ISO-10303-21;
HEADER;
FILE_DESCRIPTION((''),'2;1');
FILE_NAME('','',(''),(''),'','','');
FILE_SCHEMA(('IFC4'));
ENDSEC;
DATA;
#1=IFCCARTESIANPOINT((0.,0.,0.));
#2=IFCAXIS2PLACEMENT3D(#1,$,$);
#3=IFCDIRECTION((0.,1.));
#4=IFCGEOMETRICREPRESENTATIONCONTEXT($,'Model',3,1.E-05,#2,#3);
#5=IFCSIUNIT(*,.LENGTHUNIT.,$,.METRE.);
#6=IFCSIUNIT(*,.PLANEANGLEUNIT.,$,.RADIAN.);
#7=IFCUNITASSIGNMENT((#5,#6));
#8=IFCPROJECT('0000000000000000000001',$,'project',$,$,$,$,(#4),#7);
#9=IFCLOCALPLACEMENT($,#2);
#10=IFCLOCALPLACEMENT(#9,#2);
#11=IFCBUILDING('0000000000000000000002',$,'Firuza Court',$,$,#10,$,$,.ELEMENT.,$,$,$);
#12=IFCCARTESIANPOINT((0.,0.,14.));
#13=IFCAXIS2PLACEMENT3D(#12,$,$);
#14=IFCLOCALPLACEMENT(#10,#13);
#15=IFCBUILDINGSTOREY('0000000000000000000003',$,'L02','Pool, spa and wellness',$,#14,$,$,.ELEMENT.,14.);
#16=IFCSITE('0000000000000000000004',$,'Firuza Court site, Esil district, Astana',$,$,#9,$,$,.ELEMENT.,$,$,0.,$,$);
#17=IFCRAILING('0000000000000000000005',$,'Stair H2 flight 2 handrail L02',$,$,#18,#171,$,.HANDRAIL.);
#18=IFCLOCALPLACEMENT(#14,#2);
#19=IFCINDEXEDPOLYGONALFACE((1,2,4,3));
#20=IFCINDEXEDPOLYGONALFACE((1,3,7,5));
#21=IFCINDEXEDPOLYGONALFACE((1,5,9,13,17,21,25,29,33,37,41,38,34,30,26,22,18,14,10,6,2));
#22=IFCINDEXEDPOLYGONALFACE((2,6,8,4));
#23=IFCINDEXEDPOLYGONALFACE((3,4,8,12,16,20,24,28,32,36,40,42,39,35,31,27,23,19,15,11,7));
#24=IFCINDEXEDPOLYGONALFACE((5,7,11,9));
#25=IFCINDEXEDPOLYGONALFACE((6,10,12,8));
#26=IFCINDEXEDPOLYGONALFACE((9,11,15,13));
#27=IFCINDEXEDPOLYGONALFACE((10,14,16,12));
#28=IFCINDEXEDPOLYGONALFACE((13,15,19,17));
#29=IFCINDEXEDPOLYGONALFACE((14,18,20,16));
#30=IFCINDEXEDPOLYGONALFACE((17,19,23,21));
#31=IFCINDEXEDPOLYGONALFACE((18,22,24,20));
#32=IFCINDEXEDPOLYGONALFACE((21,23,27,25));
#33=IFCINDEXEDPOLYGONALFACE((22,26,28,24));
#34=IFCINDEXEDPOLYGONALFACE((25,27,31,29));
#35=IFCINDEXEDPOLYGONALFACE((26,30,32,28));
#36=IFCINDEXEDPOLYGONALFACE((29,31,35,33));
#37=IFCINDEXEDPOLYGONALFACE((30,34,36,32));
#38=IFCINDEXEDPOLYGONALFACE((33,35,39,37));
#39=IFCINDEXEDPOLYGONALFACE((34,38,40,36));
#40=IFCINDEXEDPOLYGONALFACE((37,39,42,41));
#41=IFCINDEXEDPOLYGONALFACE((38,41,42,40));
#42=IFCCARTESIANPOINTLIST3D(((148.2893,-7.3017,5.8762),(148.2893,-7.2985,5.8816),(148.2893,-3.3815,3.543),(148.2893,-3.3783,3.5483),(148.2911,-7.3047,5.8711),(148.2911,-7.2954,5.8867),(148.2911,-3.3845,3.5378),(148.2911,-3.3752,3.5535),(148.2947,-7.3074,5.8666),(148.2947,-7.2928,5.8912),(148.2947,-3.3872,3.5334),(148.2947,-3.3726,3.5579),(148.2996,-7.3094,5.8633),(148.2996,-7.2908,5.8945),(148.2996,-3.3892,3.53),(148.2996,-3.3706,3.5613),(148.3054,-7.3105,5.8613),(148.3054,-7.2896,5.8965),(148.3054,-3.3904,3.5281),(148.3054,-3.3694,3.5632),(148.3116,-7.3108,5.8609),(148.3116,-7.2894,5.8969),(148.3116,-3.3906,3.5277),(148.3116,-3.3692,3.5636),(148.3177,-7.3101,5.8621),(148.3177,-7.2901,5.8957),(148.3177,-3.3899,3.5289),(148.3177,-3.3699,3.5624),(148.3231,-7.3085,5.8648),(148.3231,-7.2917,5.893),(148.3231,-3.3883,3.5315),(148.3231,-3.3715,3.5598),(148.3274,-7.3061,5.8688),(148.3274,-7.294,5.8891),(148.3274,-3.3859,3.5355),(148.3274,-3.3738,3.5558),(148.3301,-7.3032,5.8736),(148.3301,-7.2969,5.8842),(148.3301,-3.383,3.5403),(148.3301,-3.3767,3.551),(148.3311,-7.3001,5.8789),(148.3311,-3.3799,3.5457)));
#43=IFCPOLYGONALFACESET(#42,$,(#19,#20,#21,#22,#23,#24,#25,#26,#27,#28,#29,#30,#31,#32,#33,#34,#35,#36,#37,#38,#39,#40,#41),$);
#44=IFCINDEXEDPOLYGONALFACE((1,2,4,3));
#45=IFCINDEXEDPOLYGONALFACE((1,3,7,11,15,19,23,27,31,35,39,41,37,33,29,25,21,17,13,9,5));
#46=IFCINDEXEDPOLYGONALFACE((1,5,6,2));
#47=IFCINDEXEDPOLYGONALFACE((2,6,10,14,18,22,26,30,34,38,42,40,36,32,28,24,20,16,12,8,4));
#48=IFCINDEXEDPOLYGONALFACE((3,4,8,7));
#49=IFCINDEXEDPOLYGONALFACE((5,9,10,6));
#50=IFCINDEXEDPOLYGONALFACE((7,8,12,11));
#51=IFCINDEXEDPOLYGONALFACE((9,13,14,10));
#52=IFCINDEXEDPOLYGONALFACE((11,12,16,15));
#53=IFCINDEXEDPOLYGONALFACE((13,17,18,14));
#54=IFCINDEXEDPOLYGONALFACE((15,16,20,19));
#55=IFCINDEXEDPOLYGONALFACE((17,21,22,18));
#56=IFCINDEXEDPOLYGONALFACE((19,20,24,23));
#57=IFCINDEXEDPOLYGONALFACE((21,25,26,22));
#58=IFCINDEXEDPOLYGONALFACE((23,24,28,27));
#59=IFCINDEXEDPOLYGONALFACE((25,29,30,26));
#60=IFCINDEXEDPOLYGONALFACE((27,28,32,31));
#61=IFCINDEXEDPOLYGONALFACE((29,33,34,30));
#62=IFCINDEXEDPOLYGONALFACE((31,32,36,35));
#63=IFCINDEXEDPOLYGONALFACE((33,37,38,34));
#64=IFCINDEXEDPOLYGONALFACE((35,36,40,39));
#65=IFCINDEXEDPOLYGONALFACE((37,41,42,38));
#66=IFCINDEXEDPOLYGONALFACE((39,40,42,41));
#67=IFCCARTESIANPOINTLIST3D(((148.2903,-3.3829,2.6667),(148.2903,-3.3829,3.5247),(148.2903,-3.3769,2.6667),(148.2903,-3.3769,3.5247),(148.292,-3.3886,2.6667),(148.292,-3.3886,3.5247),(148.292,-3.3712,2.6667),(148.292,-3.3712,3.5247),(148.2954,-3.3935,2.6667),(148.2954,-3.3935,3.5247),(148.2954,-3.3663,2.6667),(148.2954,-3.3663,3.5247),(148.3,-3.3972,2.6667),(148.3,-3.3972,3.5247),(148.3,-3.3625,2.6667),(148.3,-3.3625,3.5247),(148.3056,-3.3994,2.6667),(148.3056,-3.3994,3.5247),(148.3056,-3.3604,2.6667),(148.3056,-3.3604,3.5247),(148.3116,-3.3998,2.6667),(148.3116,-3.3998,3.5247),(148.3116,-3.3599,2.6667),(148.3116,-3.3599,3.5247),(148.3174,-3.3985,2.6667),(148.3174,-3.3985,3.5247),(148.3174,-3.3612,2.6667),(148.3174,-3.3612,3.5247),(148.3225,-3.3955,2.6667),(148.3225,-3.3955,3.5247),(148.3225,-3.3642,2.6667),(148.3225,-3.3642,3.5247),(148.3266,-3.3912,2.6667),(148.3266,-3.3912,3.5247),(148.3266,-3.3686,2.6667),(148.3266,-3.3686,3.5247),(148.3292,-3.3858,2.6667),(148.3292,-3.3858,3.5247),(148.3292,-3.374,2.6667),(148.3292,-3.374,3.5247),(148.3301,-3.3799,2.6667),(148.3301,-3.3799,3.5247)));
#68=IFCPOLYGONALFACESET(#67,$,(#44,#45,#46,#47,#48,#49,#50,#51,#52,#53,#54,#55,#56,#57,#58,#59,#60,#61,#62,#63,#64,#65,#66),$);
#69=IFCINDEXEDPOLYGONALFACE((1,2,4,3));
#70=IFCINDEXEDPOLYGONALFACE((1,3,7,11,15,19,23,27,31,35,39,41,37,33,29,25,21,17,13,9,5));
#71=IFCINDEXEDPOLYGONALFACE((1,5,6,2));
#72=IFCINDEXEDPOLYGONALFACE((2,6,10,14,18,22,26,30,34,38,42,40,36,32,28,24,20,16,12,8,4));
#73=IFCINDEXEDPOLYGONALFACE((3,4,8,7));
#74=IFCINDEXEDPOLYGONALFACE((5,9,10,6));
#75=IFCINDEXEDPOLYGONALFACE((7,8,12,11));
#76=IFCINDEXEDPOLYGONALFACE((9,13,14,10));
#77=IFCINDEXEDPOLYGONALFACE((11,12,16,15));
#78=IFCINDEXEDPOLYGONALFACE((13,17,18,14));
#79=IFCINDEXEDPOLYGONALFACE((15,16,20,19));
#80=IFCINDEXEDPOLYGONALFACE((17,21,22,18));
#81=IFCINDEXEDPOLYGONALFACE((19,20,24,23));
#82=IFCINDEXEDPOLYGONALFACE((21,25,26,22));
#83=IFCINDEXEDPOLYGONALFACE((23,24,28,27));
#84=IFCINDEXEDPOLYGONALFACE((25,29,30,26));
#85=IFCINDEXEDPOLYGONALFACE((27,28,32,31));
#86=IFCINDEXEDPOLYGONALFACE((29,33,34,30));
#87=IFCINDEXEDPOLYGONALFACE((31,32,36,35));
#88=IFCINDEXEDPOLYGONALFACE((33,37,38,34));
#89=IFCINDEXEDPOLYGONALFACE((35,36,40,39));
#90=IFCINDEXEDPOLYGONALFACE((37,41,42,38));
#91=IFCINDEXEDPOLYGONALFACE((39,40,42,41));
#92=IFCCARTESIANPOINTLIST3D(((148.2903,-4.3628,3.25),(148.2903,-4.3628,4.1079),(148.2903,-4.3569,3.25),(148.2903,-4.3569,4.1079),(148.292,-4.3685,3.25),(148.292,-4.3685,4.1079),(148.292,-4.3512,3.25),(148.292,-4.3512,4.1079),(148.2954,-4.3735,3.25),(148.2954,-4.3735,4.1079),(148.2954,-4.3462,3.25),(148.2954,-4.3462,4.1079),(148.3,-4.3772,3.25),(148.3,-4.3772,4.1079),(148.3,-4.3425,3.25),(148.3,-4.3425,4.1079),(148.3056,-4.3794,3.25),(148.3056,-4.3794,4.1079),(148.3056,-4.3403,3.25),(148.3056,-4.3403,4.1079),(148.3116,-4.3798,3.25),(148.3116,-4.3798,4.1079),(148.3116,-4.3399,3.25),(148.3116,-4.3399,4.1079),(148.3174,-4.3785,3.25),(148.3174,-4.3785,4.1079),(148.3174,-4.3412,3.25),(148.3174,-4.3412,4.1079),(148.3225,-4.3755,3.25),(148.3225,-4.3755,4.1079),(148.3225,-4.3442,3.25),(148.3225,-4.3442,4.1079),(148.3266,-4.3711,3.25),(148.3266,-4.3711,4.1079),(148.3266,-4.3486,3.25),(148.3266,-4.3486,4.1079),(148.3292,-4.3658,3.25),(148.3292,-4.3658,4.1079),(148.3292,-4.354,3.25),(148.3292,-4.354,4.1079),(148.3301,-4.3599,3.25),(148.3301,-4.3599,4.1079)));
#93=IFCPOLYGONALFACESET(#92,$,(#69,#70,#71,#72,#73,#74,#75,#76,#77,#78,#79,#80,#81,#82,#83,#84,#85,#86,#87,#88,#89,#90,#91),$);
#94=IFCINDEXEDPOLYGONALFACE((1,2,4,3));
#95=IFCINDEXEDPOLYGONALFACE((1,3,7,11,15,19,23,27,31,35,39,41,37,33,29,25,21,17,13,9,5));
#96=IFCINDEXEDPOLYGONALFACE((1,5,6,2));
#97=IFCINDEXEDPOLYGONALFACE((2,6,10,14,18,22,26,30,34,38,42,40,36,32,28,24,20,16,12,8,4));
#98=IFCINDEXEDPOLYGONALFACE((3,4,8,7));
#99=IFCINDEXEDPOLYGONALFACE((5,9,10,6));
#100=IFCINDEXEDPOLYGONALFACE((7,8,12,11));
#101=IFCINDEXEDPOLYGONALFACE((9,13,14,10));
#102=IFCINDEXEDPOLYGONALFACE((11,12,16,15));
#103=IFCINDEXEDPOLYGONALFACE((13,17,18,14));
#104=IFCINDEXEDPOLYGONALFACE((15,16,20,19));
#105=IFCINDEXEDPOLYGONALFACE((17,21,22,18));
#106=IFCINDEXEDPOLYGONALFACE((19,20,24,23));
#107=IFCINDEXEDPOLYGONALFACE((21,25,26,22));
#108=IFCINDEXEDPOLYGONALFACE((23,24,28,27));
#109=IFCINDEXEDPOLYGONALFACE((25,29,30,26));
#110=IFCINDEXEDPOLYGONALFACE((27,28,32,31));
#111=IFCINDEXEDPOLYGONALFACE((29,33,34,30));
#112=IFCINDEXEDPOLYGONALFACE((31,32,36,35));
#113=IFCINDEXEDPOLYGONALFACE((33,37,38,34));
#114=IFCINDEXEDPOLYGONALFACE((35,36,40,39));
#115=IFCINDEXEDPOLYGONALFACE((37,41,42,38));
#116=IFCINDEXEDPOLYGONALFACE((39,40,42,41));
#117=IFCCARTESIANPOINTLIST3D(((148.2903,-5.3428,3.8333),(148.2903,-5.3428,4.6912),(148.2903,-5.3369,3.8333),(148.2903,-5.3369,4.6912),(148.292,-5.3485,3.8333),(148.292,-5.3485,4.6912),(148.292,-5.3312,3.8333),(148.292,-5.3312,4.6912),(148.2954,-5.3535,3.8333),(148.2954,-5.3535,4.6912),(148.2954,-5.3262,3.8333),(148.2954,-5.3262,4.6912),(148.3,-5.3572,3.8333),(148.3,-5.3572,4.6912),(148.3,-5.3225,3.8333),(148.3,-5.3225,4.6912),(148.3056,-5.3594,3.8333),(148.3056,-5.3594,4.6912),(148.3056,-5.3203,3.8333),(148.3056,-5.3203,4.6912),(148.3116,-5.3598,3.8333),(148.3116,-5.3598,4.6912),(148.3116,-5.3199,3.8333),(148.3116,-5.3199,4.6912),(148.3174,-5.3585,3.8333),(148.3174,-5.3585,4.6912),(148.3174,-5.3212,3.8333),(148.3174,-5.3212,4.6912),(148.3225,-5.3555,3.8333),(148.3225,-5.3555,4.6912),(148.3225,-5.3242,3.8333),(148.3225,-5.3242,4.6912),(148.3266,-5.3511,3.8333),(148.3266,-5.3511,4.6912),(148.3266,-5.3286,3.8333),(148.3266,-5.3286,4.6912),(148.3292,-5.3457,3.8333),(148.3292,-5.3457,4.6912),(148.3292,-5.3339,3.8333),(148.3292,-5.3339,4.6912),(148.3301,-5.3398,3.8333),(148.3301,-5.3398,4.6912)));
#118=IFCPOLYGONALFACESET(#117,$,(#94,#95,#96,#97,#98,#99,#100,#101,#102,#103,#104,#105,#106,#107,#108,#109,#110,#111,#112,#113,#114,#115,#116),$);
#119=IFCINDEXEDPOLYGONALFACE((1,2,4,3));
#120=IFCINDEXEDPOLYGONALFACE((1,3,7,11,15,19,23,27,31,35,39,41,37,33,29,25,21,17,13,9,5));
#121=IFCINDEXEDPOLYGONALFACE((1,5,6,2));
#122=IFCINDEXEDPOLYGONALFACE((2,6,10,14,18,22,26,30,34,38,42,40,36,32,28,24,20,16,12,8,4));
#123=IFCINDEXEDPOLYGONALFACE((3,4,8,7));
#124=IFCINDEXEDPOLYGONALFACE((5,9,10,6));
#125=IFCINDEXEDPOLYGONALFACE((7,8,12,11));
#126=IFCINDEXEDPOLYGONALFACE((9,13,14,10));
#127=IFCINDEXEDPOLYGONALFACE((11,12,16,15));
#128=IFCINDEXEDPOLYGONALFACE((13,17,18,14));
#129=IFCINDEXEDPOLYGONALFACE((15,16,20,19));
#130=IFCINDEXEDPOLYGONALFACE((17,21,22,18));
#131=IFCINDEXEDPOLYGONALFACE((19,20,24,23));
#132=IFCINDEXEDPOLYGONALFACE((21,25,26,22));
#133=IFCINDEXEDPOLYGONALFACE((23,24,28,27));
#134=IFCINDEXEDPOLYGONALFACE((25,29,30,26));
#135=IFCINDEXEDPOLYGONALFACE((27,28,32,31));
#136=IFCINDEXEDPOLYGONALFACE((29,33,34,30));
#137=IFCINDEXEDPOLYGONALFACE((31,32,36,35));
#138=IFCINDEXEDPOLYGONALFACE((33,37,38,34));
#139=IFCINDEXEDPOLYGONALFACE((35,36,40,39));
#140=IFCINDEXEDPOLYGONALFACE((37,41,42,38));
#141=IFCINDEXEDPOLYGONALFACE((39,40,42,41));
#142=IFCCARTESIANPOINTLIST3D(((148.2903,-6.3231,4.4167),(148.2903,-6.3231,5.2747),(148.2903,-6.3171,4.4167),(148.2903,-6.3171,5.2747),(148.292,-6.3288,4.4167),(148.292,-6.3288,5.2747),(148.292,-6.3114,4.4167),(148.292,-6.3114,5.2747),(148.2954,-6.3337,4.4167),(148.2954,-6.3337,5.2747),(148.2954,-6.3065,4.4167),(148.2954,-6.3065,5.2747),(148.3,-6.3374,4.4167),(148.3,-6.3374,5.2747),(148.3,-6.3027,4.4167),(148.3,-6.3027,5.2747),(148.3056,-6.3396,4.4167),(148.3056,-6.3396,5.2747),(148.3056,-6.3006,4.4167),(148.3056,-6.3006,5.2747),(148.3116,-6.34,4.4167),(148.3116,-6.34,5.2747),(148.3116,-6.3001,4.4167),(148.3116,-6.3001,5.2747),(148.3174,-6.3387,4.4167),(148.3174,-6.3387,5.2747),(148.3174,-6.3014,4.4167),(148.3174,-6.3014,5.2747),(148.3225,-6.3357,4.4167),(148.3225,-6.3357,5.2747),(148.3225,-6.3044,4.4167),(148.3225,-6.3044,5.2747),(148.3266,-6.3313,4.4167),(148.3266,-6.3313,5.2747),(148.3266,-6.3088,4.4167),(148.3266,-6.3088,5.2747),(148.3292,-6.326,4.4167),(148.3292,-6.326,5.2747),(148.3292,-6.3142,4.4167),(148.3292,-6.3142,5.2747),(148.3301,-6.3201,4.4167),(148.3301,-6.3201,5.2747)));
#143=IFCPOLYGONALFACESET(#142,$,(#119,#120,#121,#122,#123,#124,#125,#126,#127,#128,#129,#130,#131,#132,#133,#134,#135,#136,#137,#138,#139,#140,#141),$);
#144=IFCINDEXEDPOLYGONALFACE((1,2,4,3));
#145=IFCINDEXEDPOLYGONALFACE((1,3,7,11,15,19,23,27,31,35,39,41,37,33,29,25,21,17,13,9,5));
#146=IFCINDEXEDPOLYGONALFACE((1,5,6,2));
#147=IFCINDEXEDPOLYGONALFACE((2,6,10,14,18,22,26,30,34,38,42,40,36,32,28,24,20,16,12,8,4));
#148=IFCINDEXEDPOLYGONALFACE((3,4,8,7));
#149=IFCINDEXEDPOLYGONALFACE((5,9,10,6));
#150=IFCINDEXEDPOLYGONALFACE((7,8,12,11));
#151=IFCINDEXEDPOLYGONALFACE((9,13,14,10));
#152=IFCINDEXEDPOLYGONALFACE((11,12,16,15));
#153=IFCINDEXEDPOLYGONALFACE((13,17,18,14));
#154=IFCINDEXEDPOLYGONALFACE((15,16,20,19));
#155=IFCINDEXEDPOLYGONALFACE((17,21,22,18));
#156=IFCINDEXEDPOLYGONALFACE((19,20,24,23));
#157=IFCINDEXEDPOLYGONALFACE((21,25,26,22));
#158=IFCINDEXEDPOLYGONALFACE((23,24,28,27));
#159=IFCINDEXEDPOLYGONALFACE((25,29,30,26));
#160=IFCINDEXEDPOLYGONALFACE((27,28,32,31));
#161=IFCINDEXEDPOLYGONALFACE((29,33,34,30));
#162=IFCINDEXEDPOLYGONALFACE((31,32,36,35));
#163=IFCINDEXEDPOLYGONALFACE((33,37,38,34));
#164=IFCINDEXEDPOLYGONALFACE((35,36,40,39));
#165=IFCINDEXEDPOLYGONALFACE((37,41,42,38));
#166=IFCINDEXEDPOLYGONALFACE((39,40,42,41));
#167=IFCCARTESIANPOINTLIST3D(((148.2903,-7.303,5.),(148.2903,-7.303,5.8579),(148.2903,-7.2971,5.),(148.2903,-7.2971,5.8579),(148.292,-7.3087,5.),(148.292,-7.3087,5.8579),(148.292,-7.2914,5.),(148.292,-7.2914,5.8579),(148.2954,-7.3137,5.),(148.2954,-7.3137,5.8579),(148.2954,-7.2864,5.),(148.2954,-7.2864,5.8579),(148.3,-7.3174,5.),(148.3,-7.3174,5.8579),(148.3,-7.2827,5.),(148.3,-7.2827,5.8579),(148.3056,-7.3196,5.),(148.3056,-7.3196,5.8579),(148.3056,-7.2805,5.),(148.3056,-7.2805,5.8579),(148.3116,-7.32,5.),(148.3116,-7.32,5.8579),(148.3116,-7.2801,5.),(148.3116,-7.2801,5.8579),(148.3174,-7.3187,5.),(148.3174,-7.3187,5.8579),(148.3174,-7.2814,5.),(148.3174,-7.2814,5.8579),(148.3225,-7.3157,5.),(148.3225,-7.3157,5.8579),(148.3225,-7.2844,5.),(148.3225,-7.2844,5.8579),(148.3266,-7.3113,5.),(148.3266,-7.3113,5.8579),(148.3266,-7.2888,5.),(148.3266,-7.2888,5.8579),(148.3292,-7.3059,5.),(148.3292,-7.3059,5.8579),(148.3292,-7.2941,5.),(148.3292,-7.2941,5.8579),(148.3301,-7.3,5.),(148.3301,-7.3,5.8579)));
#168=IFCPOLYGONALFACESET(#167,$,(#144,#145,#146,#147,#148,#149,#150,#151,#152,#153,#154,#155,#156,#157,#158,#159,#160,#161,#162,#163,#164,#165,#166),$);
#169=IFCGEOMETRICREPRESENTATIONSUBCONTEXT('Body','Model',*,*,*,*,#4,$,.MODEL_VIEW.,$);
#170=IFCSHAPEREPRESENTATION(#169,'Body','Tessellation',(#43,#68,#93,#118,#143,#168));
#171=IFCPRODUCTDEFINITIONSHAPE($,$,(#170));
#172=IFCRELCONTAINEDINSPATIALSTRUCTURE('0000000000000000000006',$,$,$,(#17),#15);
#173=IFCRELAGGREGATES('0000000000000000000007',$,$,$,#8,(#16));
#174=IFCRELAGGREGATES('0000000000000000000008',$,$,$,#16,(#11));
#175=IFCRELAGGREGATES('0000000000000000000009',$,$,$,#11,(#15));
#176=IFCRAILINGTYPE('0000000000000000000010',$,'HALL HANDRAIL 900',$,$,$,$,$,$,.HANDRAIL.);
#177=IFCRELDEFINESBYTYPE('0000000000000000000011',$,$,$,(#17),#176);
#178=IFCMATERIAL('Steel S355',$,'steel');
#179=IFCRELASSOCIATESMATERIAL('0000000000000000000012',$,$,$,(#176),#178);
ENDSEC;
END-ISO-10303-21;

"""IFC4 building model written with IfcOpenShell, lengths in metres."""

from ifc_helpers import new_model, si_unit, direction, frame, origin, origin_2d, place, context, subcontext, project, spatial, circle, extrude, material, type_object, element, save


model = new_model("IFC4")

# Units and contexts
model_context = context("Model", 3, precision=1e-05, world=origin(), true_north=direction((0.0, 1.0)))
body_context = subcontext(model_context, "Body", "Model", "MODEL_VIEW")
ifc_project = project(units=[si_unit("LENGTHUNIT", "METRE"), si_unit("PLANEANGLEUNIT", "RADIAN")], contexts=[model_context])

# Site, building, storey
site_placement = place(None, origin())
site = spatial("IfcSite", under=ifc_project, at=site_placement, Name="Firuza Court site, Esil district, Astana", CompositionType="ELEMENT", RefElevation=0.0)
building_placement = place(site_placement, origin())
building = spatial("IfcBuilding", under=site, at=building_placement, Name="Firuza Court", CompositionType="ELEMENT")
storey_placement = place(building_placement, frame((0.0, 0.0, 14.0)))
storey = spatial("IfcBuildingStorey", under=building, at=storey_placement, Name="L02", Description="Pool, spa and wellness", CompositionType="ELEMENT", Elevation=14.0)

# Railing
ifc_material_1 = material(Name="Steel S355", Category="steel")
railing_type = type_object("IfcRailingType", Name="HALL HANDRAIL 900", PredefinedType="HANDRAIL", material=ifc_material_1)
railing_placement = place(storey_placement, frame((148.3101, -3.3799, 2.6667)))
element("IfcRailing", 1, at=railing_placement, inside=storey, type_object=railing_type, Name="Stair H2 flight 2 handrail L02", PredefinedType="HANDRAIL", context=body_context, shape_type="SweptSolid", body=[
    extrude(circle(Radius=0.021, at=origin_2d()), frame((0.0, 0.0, 0.8789), z_axis=(0.0, -0.85931, 0.511455), x_axis=(1.0, 0.0, 0.0)), (0.0, 0.0, 1.0), 4.562),
    extrude(circle(Radius=0.02, at=origin_2d()), origin(), (0.0, 0.0, 1.0), 0.8579),
    extrude(circle(Radius=0.02, at=origin_2d()), frame((0.0, -0.98, 0.5833)), (0.0, 0.0, 1.0), 0.8579),
    extrude(circle(Radius=0.02, at=origin_2d()), frame((0.0, -1.96, 1.1665)), (0.0, 0.0, 1.0), 0.8579),
    extrude(circle(Radius=0.02, at=origin_2d()), frame((0.0, -2.9402, 1.75)), (0.0, 0.0, 1.0), 0.8579),
    extrude(circle(Radius=0.02, at=origin_2d()), frame((0.0, -3.9202, 2.3333)), (0.0, 0.0, 1.0), 0.8579),
])

save(model, "model.ifc")
